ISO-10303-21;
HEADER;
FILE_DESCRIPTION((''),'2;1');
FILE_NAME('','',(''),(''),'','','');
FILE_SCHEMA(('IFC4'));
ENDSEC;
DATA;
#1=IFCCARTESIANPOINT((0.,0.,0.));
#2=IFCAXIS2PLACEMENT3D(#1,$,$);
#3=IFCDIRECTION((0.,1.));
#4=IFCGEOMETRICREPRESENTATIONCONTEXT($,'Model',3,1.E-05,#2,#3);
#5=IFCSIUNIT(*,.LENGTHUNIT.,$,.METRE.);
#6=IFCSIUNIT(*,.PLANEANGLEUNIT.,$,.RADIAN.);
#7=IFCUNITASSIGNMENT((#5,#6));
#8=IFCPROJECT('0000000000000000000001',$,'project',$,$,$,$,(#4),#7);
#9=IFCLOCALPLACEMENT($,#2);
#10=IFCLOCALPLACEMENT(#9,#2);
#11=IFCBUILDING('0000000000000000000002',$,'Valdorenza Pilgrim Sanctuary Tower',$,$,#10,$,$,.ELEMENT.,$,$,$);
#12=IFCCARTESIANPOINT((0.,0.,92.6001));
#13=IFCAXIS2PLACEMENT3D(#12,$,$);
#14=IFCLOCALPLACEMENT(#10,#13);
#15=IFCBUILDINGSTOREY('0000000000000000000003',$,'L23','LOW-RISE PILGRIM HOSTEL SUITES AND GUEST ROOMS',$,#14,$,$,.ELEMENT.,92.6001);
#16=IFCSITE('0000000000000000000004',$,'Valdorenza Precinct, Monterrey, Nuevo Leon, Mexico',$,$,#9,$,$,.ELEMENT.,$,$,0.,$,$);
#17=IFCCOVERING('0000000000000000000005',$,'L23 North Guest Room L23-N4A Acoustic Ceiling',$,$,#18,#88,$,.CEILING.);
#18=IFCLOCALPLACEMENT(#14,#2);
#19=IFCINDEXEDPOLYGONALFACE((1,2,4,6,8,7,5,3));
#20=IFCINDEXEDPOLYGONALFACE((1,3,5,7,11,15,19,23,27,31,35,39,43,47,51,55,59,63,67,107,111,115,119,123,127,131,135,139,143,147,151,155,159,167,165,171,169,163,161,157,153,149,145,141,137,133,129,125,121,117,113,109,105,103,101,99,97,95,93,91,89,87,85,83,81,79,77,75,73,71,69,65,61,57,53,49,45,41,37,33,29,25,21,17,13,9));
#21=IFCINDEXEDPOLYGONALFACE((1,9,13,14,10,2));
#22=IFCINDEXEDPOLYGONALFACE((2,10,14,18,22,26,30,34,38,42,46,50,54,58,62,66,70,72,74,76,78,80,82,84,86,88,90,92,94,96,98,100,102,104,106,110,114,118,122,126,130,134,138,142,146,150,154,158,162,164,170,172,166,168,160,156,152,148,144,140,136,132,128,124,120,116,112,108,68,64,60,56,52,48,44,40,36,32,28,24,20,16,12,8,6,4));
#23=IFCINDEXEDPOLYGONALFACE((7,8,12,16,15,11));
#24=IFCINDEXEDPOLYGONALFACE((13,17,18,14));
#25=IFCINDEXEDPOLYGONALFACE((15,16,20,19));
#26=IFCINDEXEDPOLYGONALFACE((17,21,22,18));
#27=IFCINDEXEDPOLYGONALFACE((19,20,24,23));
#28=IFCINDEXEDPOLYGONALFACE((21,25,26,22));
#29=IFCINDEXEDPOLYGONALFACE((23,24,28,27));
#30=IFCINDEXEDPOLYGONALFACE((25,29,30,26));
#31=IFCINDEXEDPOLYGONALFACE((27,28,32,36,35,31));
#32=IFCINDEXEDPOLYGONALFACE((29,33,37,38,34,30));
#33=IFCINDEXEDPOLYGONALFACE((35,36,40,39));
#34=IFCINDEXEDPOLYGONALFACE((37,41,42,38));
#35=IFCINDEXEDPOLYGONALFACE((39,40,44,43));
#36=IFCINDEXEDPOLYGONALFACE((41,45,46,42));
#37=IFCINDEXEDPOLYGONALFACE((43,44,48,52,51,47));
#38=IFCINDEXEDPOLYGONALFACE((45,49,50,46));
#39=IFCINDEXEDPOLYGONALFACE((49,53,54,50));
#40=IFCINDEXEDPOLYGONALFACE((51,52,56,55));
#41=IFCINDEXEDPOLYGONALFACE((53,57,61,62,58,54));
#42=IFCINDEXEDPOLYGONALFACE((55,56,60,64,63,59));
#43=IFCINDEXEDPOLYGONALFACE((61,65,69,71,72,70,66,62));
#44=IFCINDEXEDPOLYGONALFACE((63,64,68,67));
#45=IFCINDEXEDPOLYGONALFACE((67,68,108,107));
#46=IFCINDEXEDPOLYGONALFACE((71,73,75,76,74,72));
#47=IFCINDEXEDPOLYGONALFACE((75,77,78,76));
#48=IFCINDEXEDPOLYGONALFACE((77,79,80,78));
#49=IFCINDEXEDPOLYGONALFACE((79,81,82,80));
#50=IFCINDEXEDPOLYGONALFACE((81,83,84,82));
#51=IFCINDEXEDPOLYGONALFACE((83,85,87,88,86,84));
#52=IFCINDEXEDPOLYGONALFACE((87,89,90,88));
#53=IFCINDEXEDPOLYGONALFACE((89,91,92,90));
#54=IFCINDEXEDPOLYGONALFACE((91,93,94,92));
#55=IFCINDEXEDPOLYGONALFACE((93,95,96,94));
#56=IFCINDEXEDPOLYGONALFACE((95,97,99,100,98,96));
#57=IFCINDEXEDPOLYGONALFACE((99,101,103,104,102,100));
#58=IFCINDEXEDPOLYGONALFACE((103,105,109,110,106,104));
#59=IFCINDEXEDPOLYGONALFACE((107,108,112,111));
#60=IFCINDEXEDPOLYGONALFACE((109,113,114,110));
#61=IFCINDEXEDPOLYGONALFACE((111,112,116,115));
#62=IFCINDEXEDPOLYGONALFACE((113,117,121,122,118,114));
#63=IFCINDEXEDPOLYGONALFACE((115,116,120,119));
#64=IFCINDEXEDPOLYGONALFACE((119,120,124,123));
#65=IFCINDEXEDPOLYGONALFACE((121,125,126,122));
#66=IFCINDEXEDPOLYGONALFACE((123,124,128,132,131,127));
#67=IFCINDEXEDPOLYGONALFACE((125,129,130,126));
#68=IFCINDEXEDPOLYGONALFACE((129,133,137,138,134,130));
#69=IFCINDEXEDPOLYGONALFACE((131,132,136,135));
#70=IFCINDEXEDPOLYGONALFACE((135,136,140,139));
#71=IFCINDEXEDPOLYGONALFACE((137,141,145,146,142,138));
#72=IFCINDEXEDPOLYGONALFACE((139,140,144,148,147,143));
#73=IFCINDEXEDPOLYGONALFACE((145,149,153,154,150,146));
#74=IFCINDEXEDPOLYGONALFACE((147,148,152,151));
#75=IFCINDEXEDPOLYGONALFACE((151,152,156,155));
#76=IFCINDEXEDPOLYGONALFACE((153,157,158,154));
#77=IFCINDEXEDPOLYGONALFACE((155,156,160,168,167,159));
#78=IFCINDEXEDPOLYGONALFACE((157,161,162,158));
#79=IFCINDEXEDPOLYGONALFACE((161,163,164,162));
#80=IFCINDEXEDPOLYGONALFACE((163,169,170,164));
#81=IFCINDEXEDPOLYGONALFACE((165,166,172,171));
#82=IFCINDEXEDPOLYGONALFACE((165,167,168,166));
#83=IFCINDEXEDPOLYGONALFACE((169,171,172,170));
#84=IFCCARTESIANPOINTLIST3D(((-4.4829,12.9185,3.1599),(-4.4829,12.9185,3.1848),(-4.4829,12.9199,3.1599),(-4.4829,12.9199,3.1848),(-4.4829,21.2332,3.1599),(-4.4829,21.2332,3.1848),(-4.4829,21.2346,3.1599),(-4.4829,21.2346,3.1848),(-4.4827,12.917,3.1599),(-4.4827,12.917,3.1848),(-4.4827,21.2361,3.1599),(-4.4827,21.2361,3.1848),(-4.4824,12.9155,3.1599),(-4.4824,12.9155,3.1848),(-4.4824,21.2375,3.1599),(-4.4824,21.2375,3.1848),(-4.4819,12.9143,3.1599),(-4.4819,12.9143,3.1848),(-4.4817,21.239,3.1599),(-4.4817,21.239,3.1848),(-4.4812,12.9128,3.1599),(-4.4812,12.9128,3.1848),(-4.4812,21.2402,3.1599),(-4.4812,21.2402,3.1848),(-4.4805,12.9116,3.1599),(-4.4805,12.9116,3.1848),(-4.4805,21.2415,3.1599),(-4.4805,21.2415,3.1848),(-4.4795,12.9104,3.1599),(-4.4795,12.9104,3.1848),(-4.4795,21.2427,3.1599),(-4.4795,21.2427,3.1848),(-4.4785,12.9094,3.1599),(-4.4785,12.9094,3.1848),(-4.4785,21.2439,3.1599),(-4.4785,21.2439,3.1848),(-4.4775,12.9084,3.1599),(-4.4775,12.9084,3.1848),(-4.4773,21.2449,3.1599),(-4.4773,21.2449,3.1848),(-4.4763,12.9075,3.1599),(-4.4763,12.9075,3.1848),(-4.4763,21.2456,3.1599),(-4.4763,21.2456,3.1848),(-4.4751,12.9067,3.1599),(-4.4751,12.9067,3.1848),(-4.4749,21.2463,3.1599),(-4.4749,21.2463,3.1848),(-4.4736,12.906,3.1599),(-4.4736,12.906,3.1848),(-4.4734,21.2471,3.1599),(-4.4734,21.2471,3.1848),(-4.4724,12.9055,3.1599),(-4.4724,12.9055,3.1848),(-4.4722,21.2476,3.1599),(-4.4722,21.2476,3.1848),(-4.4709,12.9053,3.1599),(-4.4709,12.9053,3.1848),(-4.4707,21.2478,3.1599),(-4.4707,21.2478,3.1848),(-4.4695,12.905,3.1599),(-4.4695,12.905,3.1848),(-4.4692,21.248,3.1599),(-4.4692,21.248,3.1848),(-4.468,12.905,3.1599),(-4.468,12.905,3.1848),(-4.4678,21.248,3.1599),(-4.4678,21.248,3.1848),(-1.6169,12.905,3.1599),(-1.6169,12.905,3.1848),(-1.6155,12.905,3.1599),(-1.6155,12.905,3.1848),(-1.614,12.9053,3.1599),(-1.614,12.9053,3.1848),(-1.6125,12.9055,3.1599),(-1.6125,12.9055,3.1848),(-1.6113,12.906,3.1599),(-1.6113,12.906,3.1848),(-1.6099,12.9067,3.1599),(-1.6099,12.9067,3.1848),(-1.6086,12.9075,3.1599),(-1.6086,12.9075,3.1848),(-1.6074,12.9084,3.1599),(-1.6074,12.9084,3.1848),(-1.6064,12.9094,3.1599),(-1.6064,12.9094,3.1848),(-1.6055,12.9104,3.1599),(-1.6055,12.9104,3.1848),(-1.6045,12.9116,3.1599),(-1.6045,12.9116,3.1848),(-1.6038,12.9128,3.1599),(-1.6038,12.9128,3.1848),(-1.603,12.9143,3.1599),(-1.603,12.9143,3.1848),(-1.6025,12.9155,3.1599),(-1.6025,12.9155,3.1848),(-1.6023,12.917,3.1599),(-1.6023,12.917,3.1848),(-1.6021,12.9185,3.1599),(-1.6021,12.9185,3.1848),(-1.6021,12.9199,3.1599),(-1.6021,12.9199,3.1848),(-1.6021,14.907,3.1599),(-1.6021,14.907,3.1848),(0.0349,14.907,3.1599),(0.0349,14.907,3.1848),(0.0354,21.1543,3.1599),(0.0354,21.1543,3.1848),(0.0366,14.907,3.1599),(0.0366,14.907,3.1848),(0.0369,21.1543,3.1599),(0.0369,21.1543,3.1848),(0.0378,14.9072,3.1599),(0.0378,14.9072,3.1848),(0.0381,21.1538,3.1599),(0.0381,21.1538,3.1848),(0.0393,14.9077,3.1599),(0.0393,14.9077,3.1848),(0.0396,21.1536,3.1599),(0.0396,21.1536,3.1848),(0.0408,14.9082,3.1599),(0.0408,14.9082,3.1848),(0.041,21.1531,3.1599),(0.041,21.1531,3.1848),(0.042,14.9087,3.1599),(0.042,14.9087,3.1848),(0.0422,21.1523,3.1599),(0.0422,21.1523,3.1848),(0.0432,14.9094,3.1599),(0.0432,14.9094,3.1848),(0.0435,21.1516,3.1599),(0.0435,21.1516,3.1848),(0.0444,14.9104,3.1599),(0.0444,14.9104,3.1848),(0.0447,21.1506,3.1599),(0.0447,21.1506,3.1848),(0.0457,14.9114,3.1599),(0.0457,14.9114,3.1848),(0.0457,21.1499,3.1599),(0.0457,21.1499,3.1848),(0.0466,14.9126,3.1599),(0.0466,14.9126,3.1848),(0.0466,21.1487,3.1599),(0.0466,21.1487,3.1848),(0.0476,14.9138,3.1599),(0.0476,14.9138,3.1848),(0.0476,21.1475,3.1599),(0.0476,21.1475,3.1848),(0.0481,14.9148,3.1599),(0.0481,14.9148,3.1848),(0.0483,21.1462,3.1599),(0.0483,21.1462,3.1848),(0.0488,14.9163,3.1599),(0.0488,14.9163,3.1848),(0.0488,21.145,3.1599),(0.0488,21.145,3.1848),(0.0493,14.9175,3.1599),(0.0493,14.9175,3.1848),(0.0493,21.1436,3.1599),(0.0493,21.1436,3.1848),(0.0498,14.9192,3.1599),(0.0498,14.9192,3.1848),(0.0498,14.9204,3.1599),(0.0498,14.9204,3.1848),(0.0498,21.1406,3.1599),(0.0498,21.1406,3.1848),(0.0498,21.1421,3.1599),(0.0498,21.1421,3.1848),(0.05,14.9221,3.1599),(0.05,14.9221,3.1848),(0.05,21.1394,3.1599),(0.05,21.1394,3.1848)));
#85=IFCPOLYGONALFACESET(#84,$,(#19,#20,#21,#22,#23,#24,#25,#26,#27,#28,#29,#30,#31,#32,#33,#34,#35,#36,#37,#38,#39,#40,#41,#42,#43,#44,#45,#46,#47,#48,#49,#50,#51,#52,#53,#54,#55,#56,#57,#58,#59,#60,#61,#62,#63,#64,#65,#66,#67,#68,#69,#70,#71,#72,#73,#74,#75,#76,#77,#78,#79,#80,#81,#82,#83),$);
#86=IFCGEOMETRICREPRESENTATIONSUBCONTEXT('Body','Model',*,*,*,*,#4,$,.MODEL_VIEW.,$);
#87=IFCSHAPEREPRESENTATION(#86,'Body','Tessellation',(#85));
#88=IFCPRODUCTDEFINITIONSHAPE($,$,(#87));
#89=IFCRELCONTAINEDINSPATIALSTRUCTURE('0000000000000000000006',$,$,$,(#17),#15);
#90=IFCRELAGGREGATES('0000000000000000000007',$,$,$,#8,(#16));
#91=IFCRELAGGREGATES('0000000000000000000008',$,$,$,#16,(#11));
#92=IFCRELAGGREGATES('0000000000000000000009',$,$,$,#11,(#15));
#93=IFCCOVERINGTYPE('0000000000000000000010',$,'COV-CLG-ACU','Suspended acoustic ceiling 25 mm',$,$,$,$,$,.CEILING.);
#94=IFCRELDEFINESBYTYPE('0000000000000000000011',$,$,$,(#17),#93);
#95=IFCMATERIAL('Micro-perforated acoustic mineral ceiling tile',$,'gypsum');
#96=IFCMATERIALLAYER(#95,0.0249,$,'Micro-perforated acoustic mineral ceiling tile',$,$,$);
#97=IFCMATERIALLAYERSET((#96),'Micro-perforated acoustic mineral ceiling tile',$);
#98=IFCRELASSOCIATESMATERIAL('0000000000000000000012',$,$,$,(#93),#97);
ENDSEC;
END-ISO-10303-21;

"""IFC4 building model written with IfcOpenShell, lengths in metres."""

from ifc_helpers import new_model, si_unit, direction, frame, origin, place, context, subcontext, project, spatial, polyline, outline, extrude, material, layer, layer_set, type_object, element, save


model = new_model("IFC4")

# Units and contexts
model_context = context("Model", 3, precision=1e-05, world=origin(), true_north=direction((0.0, 1.0)))
body_context = subcontext(model_context, "Body", "Model", "MODEL_VIEW")
ifc_project = project(units=[si_unit("LENGTHUNIT", "METRE"), si_unit("PLANEANGLEUNIT", "RADIAN")], contexts=[model_context])

# Site, building, storey
site_placement = place(None, origin())
site = spatial("IfcSite", under=ifc_project, at=site_placement, Name="Valdorenza Precinct, Monterrey, Nuevo Leon, Mexico", CompositionType="ELEMENT", RefElevation=0.0)
building_placement = place(site_placement, origin())
building = spatial("IfcBuilding", under=site, at=building_placement, Name="Valdorenza Pilgrim Sanctuary Tower", CompositionType="ELEMENT")
storey_placement = place(building_placement, frame((0.0, 0.0, 92.6001)))
storey = spatial("IfcBuildingStorey", under=building, at=storey_placement, Name="L23", Description="LOW-RISE PILGRIM HOSTEL SUITES AND GUEST ROOMS", CompositionType="ELEMENT", Elevation=92.6001)

# Covering
ifc_material_1 = material(Name="Micro-perforated acoustic mineral ceiling tile", Category="gypsum")
ifc_layer_1 = layer(ifc_material_1, 0.0249, Name="Micro-perforated acoustic mineral ceiling tile")
ifc_layer_set_1 = layer_set([ifc_layer_1], Name="Micro-perforated acoustic mineral ceiling tile")
covering_type_1 = type_object("IfcCoveringType", Name="COV-CLG-ACU", Description="Suspended acoustic ceiling 25 mm", PredefinedType="CEILING", material=ifc_layer_set_1)
covering_1_placement = place(storey_placement, frame((0.0, 0.0, 3.1599)))
element("IfcCovering", 1, at=covering_1_placement, inside=storey, type_object=covering_type_1, Name="L23 North Guest Room L23-N4A Acoustic Ceiling", PredefinedType="CEILING", context=body_context, shape_type="SweptSolid", body=[
    extrude(outline(polyline([(-1.6021, 14.907), (-1.6021, 12.9199), (-1.6021, 12.9185), (-1.6023, 12.917), (-1.6025, 12.9155), (-1.603, 12.9143), (-1.6038, 12.9128), (-1.6045, 12.9116), (-1.6055, 12.9104), (-1.6064, 12.9094), (-1.6074, 12.9084), (-1.6086, 12.9075), (-1.6099, 12.9067), (-1.6113, 12.906), (-1.6125, 12.9055), (-1.614, 12.9053), (-1.6155, 12.905), (-1.6169, 12.905), (-4.468, 12.905), (-4.4695, 12.905), (-4.4709, 12.9053), (-4.4724, 12.9055), (-4.4736, 12.906), (-4.4751, 12.9067), (-4.4763, 12.9075), (-4.4775, 12.9084), (-4.4785, 12.9094), (-4.4795, 12.9104), (-4.4805, 12.9116), (-4.4812, 12.9128), (-4.4819, 12.9143), (-4.4824, 12.9155), (-4.4827, 12.917), (-4.4829, 12.9185), (-4.4829, 12.9199), (-4.4829, 21.2332), (-4.4829, 21.2346), (-4.4827, 21.2361), (-4.4824, 21.2375), (-4.4817, 21.239), (-4.4812, 21.2402), (-4.4805, 21.2415), (-4.4795, 21.2427), (-4.4785, 21.2439), (-4.4773, 21.2449), (-4.4763, 21.2456), (-4.4749, 21.2463), (-4.4734, 21.2471), (-4.4722, 21.2476), (-4.4707, 21.2478), (-4.4692, 21.248), (-4.4678, 21.248), (0.0354, 21.1543), (0.0369, 21.1543), (0.0381, 21.1538), (0.0396, 21.1536), (0.041, 21.1531), (0.0422, 21.1523), (0.0435, 21.1516), (0.0447, 21.1506), (0.0457, 21.1499), (0.0466, 21.1487), (0.0476, 21.1475), (0.0483, 21.1462), (0.0488, 21.145), (0.0493, 21.1436), (0.0498, 21.1421), (0.0498, 21.1406), (0.05, 21.1394), (0.05, 14.9221), (0.0498, 14.9204), (0.0498, 14.9192), (0.0493, 14.9175), (0.0488, 14.9163), (0.0481, 14.9148), (0.0476, 14.9138), (0.0466, 14.9126), (0.0457, 14.9114), (0.0444, 14.9104), (0.0432, 14.9094), (0.042, 14.9087), (0.0408, 14.9082), (0.0393, 14.9077), (0.0378, 14.9072), (0.0366, 14.907), (0.0349, 14.907), (-1.6021, 14.907)])), origin(), (0.0, 0.0, 1.0), 0.0249),
])

save(model, "model.ifc")
